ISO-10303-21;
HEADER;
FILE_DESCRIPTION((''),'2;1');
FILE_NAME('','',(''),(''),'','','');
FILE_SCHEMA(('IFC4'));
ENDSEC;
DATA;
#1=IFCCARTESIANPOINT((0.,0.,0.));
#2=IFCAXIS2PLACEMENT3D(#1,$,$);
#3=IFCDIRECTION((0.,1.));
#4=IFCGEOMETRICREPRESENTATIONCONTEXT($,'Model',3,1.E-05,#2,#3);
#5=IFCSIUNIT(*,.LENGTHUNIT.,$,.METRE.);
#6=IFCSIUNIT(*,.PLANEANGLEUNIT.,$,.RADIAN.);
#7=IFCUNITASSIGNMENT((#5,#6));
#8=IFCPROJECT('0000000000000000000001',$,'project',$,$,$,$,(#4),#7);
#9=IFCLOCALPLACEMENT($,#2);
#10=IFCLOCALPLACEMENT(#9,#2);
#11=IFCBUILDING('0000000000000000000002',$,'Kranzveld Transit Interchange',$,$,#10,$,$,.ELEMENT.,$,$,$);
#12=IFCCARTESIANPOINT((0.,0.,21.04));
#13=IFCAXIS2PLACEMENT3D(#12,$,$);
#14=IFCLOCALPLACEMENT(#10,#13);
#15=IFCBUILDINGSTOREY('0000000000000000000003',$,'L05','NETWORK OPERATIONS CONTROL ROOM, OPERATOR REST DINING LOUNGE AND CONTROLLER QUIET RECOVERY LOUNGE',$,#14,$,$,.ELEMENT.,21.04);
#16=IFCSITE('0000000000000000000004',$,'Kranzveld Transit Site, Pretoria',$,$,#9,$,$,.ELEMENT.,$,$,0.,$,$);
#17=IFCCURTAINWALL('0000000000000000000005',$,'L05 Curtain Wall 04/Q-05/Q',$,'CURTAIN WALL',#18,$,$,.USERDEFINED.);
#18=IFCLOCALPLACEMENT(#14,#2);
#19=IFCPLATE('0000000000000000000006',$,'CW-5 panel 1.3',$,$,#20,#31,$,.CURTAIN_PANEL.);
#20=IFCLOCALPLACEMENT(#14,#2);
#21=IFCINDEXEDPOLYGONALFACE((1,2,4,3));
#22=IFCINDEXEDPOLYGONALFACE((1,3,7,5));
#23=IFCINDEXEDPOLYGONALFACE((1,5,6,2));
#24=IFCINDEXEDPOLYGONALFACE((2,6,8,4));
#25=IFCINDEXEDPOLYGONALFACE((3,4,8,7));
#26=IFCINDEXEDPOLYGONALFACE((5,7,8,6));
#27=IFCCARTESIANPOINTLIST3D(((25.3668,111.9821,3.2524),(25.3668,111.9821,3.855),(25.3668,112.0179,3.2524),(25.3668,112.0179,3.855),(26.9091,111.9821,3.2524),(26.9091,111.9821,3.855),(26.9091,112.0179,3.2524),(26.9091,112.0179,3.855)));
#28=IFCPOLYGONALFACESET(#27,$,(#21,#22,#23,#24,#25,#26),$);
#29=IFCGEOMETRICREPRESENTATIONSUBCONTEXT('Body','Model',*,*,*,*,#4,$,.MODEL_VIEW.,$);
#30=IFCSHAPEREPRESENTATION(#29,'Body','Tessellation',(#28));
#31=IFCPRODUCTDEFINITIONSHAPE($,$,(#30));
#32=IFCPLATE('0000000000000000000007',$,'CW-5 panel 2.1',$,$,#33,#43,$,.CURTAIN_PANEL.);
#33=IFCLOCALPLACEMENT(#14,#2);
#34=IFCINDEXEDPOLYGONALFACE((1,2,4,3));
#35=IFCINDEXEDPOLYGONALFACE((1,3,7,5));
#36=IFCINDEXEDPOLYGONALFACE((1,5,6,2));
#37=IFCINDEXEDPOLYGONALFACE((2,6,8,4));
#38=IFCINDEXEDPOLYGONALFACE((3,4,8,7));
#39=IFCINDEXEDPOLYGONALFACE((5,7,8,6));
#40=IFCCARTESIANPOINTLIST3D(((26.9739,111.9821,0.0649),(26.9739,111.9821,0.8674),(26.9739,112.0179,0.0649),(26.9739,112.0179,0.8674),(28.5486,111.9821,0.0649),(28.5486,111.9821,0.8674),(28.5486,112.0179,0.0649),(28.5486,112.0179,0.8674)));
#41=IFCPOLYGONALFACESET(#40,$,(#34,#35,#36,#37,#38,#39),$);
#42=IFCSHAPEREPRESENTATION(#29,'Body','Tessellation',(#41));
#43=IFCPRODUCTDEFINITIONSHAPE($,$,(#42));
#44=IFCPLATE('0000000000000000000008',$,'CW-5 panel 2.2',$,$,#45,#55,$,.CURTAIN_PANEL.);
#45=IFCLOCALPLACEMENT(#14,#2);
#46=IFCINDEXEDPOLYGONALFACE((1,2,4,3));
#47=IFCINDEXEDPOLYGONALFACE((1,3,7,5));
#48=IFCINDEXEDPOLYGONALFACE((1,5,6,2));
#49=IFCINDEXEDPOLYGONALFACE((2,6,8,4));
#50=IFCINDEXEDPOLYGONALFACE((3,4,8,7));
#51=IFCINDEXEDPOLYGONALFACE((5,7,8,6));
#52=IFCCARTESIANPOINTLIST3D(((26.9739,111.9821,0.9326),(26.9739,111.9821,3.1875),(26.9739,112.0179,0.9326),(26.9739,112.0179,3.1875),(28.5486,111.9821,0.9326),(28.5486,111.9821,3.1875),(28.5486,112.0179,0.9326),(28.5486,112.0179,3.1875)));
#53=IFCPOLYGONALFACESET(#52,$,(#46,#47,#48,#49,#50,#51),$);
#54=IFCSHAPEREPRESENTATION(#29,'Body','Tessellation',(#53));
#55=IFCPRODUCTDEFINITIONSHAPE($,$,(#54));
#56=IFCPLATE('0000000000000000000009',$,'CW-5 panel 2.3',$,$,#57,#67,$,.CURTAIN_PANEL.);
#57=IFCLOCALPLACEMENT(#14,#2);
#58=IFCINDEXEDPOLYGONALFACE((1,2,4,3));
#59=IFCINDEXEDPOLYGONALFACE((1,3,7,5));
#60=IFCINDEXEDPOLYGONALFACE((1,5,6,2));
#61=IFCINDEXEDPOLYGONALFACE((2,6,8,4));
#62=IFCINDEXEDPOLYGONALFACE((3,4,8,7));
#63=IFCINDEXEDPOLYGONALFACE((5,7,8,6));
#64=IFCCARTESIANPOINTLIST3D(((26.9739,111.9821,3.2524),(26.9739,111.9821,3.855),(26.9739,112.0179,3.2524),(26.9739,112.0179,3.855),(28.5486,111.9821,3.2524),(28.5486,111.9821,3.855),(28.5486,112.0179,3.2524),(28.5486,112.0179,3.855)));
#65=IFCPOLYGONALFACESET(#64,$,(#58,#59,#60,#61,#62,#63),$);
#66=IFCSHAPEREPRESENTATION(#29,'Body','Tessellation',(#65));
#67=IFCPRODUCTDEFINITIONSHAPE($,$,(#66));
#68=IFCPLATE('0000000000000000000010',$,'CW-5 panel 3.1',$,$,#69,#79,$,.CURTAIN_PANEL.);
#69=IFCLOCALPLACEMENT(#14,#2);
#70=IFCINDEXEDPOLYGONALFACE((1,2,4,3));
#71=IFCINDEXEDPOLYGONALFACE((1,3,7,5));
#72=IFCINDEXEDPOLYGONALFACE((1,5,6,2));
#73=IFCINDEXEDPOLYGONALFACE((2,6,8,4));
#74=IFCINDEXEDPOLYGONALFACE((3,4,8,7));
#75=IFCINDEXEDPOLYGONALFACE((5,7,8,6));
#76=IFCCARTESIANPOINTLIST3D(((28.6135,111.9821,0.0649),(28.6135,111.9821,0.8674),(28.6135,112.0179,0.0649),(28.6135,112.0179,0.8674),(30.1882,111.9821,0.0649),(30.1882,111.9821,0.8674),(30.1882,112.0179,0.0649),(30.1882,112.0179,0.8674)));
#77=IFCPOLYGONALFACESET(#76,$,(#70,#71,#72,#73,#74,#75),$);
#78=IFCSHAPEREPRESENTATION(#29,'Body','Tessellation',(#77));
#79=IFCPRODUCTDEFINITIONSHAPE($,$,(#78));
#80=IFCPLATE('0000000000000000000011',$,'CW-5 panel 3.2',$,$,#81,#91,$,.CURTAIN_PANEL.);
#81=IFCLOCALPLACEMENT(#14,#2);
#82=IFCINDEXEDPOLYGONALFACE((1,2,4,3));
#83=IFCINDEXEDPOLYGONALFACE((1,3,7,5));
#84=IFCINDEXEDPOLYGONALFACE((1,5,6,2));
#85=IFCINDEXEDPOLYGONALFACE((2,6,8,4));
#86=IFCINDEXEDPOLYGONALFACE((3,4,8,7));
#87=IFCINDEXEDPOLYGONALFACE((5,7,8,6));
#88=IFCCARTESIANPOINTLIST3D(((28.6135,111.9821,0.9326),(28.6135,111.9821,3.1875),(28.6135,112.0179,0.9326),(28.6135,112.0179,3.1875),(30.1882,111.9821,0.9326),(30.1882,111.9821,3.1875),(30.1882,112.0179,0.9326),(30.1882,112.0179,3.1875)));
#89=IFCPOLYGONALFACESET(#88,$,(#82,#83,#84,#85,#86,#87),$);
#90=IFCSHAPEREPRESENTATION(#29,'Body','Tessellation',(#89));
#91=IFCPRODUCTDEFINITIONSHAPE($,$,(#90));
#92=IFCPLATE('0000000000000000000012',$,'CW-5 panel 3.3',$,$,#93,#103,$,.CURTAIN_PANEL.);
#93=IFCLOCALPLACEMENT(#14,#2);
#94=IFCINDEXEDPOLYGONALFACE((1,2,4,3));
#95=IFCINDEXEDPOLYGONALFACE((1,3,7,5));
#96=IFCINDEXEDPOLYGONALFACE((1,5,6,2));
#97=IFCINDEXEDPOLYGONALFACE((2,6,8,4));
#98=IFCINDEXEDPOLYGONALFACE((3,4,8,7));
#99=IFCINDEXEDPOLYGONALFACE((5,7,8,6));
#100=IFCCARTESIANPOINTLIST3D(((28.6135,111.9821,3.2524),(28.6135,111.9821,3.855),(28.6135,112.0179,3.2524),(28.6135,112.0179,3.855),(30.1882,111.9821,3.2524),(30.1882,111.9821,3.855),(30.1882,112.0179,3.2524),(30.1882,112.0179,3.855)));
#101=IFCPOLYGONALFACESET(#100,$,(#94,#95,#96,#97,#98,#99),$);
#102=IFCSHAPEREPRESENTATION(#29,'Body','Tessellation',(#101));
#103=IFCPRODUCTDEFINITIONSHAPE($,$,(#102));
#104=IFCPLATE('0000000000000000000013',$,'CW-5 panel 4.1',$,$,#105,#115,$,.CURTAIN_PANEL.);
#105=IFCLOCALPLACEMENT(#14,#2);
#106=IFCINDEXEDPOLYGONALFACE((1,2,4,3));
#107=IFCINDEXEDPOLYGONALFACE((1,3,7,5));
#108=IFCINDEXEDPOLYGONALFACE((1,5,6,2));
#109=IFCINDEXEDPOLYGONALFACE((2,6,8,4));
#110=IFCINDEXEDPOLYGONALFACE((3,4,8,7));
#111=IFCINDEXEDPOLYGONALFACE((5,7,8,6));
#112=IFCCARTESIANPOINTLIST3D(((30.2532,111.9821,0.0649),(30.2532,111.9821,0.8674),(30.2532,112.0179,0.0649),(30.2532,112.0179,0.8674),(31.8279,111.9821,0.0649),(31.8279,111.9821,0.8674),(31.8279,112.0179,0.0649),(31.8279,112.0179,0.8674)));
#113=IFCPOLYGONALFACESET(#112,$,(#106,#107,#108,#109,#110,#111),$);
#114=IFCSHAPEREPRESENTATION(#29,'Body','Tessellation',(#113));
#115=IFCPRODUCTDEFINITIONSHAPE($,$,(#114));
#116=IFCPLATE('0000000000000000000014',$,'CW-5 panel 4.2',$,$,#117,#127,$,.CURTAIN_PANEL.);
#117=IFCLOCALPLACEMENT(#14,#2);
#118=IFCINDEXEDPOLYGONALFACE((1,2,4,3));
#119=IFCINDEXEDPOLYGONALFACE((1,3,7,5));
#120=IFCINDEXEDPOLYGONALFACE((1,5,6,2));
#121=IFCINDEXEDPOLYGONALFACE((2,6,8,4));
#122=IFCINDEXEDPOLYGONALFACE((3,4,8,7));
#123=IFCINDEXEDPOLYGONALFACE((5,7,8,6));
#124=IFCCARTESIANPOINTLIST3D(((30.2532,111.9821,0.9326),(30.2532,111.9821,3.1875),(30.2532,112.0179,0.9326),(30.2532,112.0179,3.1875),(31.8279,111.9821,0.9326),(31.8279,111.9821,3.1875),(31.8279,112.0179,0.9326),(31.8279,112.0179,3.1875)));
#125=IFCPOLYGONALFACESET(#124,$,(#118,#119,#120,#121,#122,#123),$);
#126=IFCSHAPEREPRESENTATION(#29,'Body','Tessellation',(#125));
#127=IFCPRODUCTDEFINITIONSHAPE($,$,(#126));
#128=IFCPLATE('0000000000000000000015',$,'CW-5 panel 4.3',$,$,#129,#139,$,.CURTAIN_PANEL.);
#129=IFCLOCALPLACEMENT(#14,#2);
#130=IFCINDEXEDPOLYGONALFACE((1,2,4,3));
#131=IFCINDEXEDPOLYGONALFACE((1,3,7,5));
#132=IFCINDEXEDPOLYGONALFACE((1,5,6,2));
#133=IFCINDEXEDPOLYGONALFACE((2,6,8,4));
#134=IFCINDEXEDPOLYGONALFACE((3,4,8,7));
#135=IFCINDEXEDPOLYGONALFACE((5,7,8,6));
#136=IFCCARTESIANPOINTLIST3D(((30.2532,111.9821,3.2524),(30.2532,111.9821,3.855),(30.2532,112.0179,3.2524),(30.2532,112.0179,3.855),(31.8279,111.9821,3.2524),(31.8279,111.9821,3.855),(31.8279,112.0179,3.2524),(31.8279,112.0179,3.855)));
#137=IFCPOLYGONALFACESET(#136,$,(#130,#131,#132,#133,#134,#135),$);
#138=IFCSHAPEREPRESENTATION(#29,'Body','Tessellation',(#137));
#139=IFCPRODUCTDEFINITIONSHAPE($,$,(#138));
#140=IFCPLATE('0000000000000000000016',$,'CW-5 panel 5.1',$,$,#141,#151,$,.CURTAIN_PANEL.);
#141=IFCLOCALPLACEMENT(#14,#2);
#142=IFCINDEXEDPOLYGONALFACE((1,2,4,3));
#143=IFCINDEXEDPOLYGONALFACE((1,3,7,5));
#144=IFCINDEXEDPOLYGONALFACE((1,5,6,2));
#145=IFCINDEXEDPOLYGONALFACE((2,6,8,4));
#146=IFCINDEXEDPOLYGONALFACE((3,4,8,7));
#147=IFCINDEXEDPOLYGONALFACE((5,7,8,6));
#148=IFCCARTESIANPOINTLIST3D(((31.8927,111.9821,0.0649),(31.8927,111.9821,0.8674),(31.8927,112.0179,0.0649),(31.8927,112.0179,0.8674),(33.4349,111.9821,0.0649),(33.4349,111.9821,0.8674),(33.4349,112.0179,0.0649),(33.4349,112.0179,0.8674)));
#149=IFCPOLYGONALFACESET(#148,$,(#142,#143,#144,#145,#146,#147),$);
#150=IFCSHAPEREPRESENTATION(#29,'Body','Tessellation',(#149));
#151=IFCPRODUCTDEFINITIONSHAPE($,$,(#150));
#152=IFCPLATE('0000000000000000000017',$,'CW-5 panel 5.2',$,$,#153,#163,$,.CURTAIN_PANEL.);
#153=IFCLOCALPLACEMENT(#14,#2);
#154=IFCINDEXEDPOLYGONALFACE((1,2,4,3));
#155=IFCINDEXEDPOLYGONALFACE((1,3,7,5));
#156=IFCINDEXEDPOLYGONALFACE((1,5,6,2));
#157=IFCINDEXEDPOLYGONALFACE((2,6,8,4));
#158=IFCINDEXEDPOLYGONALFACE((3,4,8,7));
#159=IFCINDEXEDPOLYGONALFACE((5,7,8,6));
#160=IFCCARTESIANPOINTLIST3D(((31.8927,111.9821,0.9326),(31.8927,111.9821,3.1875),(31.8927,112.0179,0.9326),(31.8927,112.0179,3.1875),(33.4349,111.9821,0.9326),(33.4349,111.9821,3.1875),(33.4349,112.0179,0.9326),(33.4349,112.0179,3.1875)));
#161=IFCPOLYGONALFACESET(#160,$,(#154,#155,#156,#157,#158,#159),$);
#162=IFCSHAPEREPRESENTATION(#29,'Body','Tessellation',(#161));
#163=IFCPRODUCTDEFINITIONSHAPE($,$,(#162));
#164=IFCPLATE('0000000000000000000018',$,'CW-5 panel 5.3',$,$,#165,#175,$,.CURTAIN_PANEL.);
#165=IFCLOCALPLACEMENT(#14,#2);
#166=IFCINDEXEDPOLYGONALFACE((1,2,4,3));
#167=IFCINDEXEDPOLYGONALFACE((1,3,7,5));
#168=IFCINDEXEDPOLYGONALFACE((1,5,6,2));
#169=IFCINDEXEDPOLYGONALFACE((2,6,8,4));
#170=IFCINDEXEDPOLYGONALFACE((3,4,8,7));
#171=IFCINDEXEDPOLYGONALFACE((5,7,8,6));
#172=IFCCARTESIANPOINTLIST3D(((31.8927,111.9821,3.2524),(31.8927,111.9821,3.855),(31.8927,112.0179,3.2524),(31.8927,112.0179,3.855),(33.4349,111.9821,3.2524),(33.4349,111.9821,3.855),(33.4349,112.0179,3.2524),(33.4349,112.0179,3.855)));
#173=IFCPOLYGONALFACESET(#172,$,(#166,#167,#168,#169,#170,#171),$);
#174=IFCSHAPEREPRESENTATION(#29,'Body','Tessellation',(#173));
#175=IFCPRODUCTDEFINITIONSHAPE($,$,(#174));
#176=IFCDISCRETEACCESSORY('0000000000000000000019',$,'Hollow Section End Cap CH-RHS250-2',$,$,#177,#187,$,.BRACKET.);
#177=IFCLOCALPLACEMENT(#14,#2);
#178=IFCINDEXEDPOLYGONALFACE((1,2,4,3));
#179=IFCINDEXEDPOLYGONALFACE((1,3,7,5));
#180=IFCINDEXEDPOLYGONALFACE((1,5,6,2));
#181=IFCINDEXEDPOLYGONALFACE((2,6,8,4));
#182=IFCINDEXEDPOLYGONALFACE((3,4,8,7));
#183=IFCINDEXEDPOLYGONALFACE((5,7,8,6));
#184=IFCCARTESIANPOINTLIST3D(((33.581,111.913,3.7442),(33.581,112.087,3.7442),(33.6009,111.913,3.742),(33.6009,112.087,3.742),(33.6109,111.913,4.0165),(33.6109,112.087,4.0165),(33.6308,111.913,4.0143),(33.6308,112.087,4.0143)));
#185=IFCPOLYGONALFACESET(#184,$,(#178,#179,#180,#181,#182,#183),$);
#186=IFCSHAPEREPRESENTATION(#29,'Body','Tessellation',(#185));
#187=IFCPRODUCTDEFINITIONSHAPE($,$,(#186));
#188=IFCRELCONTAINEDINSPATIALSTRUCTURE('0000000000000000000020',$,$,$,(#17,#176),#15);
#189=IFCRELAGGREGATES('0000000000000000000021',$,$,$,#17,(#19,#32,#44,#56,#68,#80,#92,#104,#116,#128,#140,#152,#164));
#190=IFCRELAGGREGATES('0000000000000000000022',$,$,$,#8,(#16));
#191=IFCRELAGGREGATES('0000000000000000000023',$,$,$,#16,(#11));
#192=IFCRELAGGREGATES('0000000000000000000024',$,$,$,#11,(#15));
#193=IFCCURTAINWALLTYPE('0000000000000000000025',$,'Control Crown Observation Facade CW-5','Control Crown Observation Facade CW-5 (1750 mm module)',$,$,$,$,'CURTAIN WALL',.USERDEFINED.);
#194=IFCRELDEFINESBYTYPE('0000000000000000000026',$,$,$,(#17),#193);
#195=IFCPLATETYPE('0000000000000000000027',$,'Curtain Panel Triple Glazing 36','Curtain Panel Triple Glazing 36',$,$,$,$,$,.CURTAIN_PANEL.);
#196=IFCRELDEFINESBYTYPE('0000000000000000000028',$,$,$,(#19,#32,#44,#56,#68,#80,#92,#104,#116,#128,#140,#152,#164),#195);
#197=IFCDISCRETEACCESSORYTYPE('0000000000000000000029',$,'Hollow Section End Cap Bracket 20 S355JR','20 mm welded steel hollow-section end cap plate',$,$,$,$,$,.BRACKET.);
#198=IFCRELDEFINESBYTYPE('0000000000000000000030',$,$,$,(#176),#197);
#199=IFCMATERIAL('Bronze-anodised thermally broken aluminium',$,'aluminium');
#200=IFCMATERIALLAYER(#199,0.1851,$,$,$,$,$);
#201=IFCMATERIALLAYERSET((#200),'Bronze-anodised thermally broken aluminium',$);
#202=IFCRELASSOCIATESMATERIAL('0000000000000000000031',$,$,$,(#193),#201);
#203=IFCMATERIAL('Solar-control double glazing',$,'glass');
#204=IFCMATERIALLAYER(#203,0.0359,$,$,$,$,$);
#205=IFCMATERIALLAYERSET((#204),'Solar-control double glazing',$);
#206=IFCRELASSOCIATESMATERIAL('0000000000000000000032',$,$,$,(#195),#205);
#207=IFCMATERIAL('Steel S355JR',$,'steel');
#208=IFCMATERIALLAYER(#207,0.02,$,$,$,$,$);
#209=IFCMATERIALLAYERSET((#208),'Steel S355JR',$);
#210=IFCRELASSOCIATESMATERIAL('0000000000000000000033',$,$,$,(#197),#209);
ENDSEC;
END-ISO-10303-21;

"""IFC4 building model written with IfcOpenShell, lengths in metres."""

from ifc_helpers import new_model, si_unit, direction, frame, origin, origin_2d, place, context, subcontext, project, spatial, rectangle, extrude, material, layer, layer_set, type_object, element, aggregate, save


model = new_model("IFC4")

# Units and contexts
model_context = context("Model", 3, precision=1e-05, world=origin(), true_north=direction((0.0, 1.0)))
body_context = subcontext(model_context, "Body", "Model", "MODEL_VIEW")
ifc_project = project(units=[si_unit("LENGTHUNIT", "METRE"), si_unit("PLANEANGLEUNIT", "RADIAN")], contexts=[model_context])

# Site, building, storey
site_placement = place(None, origin())
site = spatial("IfcSite", under=ifc_project, at=site_placement, Name="Kranzveld Transit Site, Pretoria", CompositionType="ELEMENT", RefElevation=0.0)
building_placement = place(site_placement, origin())
building = spatial("IfcBuilding", under=site, at=building_placement, Name="Kranzveld Transit Interchange", CompositionType="ELEMENT")
storey_placement = place(building_placement, frame((0.0, 0.0, 21.04)))
storey = spatial("IfcBuildingStorey", under=building, at=storey_placement, Name="L05", Description="NETWORK OPERATIONS CONTROL ROOM, OPERATOR REST DINING LOUNGE AND CONTROLLER QUIET RECOVERY LOUNGE", CompositionType="ELEMENT", Elevation=21.04)

# Curtain wall, plates
ifc_material_1 = material(Name="Bronze-anodised thermally broken aluminium", Category="aluminium")
ifc_layer_1 = layer(ifc_material_1, 0.1851)
ifc_layer_set_1 = layer_set([ifc_layer_1], Name="Bronze-anodised thermally broken aluminium")
curtain_wall_type = type_object("IfcCurtainWallType", Name="Control Crown Observation Facade CW-5", Description="Control Crown Observation Facade CW-5 (1750 mm module)", ElementType="CURTAIN WALL", PredefinedType="USERDEFINED", material=ifc_layer_set_1)
curtain_wall_placement = place(storey_placement, origin())
curtain_wall = element("IfcCurtainWall", 1, at=curtain_wall_placement, inside=storey, type_object=curtain_wall_type, Name="L05 Curtain Wall 04/Q-05/Q", ObjectType="CURTAIN WALL", PredefinedType="USERDEFINED")
ifc_material_2 = material(Name="Solar-control double glazing", Category="glass")
ifc_layer_2 = layer(ifc_material_2, 0.0359)
ifc_layer_set_2 = layer_set([ifc_layer_2], Name="Solar-control double glazing")
plate_type = type_object("IfcPlateType", Name="Curtain Panel Triple Glazing 36", Description="Curtain Panel Triple Glazing 36", PredefinedType="CURTAIN_PANEL", material=ifc_layer_set_2)
plate_1_placement = place(storey_placement, frame((26.1379, 112.0, 3.2524), z_axis=(0.0, 0.0, 1.0), x_axis=(1.0, 0.0, 0.0)))
plate_1 = element("IfcPlate", 2, at=plate_1_placement, type_object=plate_type, Name="CW-5 panel 1.3", PredefinedType="CURTAIN_PANEL", context=body_context, shape_type="SweptSolid", body=[
    extrude(rectangle(XDim=1.5422, YDim=0.0359, at=origin_2d()), origin(), (0.0, 0.0, 1.0), 0.6025),
])
plate_2_placement = place(storey_placement, frame((27.7612, 112.0, 0.0649), z_axis=(0.0, 0.0, 1.0), x_axis=(1.0, 0.0, 0.0)))
plate_2 = element("IfcPlate", 3, at=plate_2_placement, type_object=plate_type, Name="CW-5 panel 2.1", PredefinedType="CURTAIN_PANEL", context=body_context, shape_type="SweptSolid", body=[
    extrude(rectangle(XDim=1.5747, YDim=0.0359, at=origin_2d()), origin(), (0.0, 0.0, 1.0), 0.8025),
])
plate_3_placement = place(storey_placement, frame((27.7612, 112.0, 0.9326), z_axis=(0.0, 0.0, 1.0), x_axis=(1.0, 0.0, 0.0)))
plate_3 = element("IfcPlate", 4, at=plate_3_placement, type_object=plate_type, Name="CW-5 panel 2.2", PredefinedType="CURTAIN_PANEL", context=body_context, shape_type="SweptSolid", body=[
    extrude(rectangle(XDim=1.5747, YDim=0.0359, at=origin_2d()), origin(), (0.0, 0.0, 1.0), 2.2549),
])
plate_4_placement = place(storey_placement, frame((27.7612, 112.0, 3.2524), z_axis=(0.0, 0.0, 1.0), x_axis=(1.0, 0.0, 0.0)))
plate_4 = element("IfcPlate", 5, at=plate_4_placement, type_object=plate_type, Name="CW-5 panel 2.3", PredefinedType="CURTAIN_PANEL", context=body_context, shape_type="SweptSolid", body=[
    extrude(rectangle(XDim=1.5747, YDim=0.0359, at=origin_2d()), origin(), (0.0, 0.0, 1.0), 0.6025),
])
plate_5_placement = place(storey_placement, frame((29.4009, 112.0, 0.0649), z_axis=(0.0, 0.0, 1.0), x_axis=(1.0, 0.0, 0.0)))
plate_5 = element("IfcPlate", 6, at=plate_5_placement, type_object=plate_type, Name="CW-5 panel 3.1", PredefinedType="CURTAIN_PANEL", context=body_context, shape_type="SweptSolid", body=[
    extrude(rectangle(XDim=1.5747, YDim=0.0359, at=origin_2d()), origin(), (0.0, 0.0, 1.0), 0.8025),
])
plate_6_placement = place(storey_placement, frame((29.4009, 112.0, 0.9326), z_axis=(0.0, 0.0, 1.0), x_axis=(1.0, 0.0, 0.0)))
plate_6 = element("IfcPlate", 7, at=plate_6_placement, type_object=plate_type, Name="CW-5 panel 3.2", PredefinedType="CURTAIN_PANEL", context=body_context, shape_type="SweptSolid", body=[
    extrude(rectangle(XDim=1.5747, YDim=0.0359, at=origin_2d()), origin(), (0.0, 0.0, 1.0), 2.2549),
])
plate_7_placement = place(storey_placement, frame((29.4009, 112.0, 3.2524), z_axis=(0.0, 0.0, 1.0), x_axis=(1.0, 0.0, 0.0)))
plate_7 = element("IfcPlate", 8, at=plate_7_placement, type_object=plate_type, Name="CW-5 panel 3.3", PredefinedType="CURTAIN_PANEL", context=body_context, shape_type="SweptSolid", body=[
    extrude(rectangle(XDim=1.5747, YDim=0.0359, at=origin_2d()), origin(), (0.0, 0.0, 1.0), 0.6025),
])
plate_8_placement = place(storey_placement, frame((31.0405, 112.0, 0.0649), z_axis=(0.0, 0.0, 1.0), x_axis=(1.0, 0.0, 0.0)))
plate_8 = element("IfcPlate", 9, at=plate_8_placement, type_object=plate_type, Name="CW-5 panel 4.1", PredefinedType="CURTAIN_PANEL", context=body_context, shape_type="SweptSolid", body=[
    extrude(rectangle(XDim=1.5747, YDim=0.0359, at=origin_2d()), origin(), (0.0, 0.0, 1.0), 0.8025),
])
plate_9_placement = place(storey_placement, frame((31.0405, 112.0, 0.9326), z_axis=(0.0, 0.0, 1.0), x_axis=(1.0, 0.0, 0.0)))
plate_9 = element("IfcPlate", 10, at=plate_9_placement, type_object=plate_type, Name="CW-5 panel 4.2", PredefinedType="CURTAIN_PANEL", context=body_context, shape_type="SweptSolid", body=[
    extrude(rectangle(XDim=1.5747, YDim=0.0359, at=origin_2d()), origin(), (0.0, 0.0, 1.0), 2.2549),
])
plate_10_placement = place(storey_placement, frame((31.0405, 112.0, 3.2524), z_axis=(0.0, 0.0, 1.0), x_axis=(1.0, 0.0, 0.0)))
plate_10 = element("IfcPlate", 11, at=plate_10_placement, type_object=plate_type, Name="CW-5 panel 4.3", PredefinedType="CURTAIN_PANEL", context=body_context, shape_type="SweptSolid", body=[
    extrude(rectangle(XDim=1.5747, YDim=0.0359, at=origin_2d()), origin(), (0.0, 0.0, 1.0), 0.6025),
])
plate_11_placement = place(storey_placement, frame((32.6638, 112.0, 0.0649), z_axis=(0.0, 0.0, 1.0), x_axis=(1.0, 0.0, 0.0)))
plate_11 = element("IfcPlate", 12, at=plate_11_placement, type_object=plate_type, Name="CW-5 panel 5.1", PredefinedType="CURTAIN_PANEL", context=body_context, shape_type="SweptSolid", body=[
    extrude(rectangle(XDim=1.5422, YDim=0.0359, at=origin_2d()), origin(), (0.0, 0.0, 1.0), 0.8025),
])
plate_12_placement = place(storey_placement, frame((32.6638, 112.0, 0.9326), z_axis=(0.0, 0.0, 1.0), x_axis=(1.0, 0.0, 0.0)))
plate_12 = element("IfcPlate", 13, at=plate_12_placement, type_object=plate_type, Name="CW-5 panel 5.2", PredefinedType="CURTAIN_PANEL", context=body_context, shape_type="SweptSolid", body=[
    extrude(rectangle(XDim=1.5422, YDim=0.0359, at=origin_2d()), origin(), (0.0, 0.0, 1.0), 2.2549),
])
plate_13_placement = place(storey_placement, frame((32.6638, 112.0, 3.2524), z_axis=(0.0, 0.0, 1.0), x_axis=(1.0, 0.0, 0.0)))
plate_13 = element("IfcPlate", 14, at=plate_13_placement, type_object=plate_type, Name="CW-5 panel 5.3", PredefinedType="CURTAIN_PANEL", context=body_context, shape_type="SweptSolid", body=[
    extrude(rectangle(XDim=1.5422, YDim=0.0359, at=origin_2d()), origin(), (0.0, 0.0, 1.0), 0.6025),
])
aggregate(curtain_wall, [plate_1, plate_2, plate_3, plate_4, plate_5, plate_6, plate_7, plate_8, plate_9, plate_10, plate_11, plate_12, plate_13])

# Discrete accessory
ifc_material_3 = material(Name="Steel S355JR", Category="steel")
ifc_layer_3 = layer(ifc_material_3, 0.02)
ifc_layer_set_3 = layer_set([ifc_layer_3], Name="Steel S355JR")
discrete_accessory_type = type_object("IfcDiscreteAccessoryType", Name="Hollow Section End Cap Bracket 20 S355JR", Description="20 mm welded steel hollow-section end cap plate", PredefinedType="BRACKET", material=ifc_layer_set_3)
discrete_accessory_placement = place(storey_placement, frame((33.5959, 112.0, 3.8804), z_axis=(0.994031, 0.0, -0.109101), x_axis=(0.0, 1.0, 0.0)))
element("IfcDiscreteAccessory", 15, at=discrete_accessory_placement, inside=storey, type_object=discrete_accessory_type, Name="Hollow Section End Cap CH-RHS250-2", PredefinedType="BRACKET", context=body_context, shape_type="SweptSolid", body=[
    extrude(rectangle(XDim=0.1741, YDim=0.2739, at=origin_2d()), origin(), (0.0, 0.0, 1.0), 0.02),
])

save(model, "model.ifc")
